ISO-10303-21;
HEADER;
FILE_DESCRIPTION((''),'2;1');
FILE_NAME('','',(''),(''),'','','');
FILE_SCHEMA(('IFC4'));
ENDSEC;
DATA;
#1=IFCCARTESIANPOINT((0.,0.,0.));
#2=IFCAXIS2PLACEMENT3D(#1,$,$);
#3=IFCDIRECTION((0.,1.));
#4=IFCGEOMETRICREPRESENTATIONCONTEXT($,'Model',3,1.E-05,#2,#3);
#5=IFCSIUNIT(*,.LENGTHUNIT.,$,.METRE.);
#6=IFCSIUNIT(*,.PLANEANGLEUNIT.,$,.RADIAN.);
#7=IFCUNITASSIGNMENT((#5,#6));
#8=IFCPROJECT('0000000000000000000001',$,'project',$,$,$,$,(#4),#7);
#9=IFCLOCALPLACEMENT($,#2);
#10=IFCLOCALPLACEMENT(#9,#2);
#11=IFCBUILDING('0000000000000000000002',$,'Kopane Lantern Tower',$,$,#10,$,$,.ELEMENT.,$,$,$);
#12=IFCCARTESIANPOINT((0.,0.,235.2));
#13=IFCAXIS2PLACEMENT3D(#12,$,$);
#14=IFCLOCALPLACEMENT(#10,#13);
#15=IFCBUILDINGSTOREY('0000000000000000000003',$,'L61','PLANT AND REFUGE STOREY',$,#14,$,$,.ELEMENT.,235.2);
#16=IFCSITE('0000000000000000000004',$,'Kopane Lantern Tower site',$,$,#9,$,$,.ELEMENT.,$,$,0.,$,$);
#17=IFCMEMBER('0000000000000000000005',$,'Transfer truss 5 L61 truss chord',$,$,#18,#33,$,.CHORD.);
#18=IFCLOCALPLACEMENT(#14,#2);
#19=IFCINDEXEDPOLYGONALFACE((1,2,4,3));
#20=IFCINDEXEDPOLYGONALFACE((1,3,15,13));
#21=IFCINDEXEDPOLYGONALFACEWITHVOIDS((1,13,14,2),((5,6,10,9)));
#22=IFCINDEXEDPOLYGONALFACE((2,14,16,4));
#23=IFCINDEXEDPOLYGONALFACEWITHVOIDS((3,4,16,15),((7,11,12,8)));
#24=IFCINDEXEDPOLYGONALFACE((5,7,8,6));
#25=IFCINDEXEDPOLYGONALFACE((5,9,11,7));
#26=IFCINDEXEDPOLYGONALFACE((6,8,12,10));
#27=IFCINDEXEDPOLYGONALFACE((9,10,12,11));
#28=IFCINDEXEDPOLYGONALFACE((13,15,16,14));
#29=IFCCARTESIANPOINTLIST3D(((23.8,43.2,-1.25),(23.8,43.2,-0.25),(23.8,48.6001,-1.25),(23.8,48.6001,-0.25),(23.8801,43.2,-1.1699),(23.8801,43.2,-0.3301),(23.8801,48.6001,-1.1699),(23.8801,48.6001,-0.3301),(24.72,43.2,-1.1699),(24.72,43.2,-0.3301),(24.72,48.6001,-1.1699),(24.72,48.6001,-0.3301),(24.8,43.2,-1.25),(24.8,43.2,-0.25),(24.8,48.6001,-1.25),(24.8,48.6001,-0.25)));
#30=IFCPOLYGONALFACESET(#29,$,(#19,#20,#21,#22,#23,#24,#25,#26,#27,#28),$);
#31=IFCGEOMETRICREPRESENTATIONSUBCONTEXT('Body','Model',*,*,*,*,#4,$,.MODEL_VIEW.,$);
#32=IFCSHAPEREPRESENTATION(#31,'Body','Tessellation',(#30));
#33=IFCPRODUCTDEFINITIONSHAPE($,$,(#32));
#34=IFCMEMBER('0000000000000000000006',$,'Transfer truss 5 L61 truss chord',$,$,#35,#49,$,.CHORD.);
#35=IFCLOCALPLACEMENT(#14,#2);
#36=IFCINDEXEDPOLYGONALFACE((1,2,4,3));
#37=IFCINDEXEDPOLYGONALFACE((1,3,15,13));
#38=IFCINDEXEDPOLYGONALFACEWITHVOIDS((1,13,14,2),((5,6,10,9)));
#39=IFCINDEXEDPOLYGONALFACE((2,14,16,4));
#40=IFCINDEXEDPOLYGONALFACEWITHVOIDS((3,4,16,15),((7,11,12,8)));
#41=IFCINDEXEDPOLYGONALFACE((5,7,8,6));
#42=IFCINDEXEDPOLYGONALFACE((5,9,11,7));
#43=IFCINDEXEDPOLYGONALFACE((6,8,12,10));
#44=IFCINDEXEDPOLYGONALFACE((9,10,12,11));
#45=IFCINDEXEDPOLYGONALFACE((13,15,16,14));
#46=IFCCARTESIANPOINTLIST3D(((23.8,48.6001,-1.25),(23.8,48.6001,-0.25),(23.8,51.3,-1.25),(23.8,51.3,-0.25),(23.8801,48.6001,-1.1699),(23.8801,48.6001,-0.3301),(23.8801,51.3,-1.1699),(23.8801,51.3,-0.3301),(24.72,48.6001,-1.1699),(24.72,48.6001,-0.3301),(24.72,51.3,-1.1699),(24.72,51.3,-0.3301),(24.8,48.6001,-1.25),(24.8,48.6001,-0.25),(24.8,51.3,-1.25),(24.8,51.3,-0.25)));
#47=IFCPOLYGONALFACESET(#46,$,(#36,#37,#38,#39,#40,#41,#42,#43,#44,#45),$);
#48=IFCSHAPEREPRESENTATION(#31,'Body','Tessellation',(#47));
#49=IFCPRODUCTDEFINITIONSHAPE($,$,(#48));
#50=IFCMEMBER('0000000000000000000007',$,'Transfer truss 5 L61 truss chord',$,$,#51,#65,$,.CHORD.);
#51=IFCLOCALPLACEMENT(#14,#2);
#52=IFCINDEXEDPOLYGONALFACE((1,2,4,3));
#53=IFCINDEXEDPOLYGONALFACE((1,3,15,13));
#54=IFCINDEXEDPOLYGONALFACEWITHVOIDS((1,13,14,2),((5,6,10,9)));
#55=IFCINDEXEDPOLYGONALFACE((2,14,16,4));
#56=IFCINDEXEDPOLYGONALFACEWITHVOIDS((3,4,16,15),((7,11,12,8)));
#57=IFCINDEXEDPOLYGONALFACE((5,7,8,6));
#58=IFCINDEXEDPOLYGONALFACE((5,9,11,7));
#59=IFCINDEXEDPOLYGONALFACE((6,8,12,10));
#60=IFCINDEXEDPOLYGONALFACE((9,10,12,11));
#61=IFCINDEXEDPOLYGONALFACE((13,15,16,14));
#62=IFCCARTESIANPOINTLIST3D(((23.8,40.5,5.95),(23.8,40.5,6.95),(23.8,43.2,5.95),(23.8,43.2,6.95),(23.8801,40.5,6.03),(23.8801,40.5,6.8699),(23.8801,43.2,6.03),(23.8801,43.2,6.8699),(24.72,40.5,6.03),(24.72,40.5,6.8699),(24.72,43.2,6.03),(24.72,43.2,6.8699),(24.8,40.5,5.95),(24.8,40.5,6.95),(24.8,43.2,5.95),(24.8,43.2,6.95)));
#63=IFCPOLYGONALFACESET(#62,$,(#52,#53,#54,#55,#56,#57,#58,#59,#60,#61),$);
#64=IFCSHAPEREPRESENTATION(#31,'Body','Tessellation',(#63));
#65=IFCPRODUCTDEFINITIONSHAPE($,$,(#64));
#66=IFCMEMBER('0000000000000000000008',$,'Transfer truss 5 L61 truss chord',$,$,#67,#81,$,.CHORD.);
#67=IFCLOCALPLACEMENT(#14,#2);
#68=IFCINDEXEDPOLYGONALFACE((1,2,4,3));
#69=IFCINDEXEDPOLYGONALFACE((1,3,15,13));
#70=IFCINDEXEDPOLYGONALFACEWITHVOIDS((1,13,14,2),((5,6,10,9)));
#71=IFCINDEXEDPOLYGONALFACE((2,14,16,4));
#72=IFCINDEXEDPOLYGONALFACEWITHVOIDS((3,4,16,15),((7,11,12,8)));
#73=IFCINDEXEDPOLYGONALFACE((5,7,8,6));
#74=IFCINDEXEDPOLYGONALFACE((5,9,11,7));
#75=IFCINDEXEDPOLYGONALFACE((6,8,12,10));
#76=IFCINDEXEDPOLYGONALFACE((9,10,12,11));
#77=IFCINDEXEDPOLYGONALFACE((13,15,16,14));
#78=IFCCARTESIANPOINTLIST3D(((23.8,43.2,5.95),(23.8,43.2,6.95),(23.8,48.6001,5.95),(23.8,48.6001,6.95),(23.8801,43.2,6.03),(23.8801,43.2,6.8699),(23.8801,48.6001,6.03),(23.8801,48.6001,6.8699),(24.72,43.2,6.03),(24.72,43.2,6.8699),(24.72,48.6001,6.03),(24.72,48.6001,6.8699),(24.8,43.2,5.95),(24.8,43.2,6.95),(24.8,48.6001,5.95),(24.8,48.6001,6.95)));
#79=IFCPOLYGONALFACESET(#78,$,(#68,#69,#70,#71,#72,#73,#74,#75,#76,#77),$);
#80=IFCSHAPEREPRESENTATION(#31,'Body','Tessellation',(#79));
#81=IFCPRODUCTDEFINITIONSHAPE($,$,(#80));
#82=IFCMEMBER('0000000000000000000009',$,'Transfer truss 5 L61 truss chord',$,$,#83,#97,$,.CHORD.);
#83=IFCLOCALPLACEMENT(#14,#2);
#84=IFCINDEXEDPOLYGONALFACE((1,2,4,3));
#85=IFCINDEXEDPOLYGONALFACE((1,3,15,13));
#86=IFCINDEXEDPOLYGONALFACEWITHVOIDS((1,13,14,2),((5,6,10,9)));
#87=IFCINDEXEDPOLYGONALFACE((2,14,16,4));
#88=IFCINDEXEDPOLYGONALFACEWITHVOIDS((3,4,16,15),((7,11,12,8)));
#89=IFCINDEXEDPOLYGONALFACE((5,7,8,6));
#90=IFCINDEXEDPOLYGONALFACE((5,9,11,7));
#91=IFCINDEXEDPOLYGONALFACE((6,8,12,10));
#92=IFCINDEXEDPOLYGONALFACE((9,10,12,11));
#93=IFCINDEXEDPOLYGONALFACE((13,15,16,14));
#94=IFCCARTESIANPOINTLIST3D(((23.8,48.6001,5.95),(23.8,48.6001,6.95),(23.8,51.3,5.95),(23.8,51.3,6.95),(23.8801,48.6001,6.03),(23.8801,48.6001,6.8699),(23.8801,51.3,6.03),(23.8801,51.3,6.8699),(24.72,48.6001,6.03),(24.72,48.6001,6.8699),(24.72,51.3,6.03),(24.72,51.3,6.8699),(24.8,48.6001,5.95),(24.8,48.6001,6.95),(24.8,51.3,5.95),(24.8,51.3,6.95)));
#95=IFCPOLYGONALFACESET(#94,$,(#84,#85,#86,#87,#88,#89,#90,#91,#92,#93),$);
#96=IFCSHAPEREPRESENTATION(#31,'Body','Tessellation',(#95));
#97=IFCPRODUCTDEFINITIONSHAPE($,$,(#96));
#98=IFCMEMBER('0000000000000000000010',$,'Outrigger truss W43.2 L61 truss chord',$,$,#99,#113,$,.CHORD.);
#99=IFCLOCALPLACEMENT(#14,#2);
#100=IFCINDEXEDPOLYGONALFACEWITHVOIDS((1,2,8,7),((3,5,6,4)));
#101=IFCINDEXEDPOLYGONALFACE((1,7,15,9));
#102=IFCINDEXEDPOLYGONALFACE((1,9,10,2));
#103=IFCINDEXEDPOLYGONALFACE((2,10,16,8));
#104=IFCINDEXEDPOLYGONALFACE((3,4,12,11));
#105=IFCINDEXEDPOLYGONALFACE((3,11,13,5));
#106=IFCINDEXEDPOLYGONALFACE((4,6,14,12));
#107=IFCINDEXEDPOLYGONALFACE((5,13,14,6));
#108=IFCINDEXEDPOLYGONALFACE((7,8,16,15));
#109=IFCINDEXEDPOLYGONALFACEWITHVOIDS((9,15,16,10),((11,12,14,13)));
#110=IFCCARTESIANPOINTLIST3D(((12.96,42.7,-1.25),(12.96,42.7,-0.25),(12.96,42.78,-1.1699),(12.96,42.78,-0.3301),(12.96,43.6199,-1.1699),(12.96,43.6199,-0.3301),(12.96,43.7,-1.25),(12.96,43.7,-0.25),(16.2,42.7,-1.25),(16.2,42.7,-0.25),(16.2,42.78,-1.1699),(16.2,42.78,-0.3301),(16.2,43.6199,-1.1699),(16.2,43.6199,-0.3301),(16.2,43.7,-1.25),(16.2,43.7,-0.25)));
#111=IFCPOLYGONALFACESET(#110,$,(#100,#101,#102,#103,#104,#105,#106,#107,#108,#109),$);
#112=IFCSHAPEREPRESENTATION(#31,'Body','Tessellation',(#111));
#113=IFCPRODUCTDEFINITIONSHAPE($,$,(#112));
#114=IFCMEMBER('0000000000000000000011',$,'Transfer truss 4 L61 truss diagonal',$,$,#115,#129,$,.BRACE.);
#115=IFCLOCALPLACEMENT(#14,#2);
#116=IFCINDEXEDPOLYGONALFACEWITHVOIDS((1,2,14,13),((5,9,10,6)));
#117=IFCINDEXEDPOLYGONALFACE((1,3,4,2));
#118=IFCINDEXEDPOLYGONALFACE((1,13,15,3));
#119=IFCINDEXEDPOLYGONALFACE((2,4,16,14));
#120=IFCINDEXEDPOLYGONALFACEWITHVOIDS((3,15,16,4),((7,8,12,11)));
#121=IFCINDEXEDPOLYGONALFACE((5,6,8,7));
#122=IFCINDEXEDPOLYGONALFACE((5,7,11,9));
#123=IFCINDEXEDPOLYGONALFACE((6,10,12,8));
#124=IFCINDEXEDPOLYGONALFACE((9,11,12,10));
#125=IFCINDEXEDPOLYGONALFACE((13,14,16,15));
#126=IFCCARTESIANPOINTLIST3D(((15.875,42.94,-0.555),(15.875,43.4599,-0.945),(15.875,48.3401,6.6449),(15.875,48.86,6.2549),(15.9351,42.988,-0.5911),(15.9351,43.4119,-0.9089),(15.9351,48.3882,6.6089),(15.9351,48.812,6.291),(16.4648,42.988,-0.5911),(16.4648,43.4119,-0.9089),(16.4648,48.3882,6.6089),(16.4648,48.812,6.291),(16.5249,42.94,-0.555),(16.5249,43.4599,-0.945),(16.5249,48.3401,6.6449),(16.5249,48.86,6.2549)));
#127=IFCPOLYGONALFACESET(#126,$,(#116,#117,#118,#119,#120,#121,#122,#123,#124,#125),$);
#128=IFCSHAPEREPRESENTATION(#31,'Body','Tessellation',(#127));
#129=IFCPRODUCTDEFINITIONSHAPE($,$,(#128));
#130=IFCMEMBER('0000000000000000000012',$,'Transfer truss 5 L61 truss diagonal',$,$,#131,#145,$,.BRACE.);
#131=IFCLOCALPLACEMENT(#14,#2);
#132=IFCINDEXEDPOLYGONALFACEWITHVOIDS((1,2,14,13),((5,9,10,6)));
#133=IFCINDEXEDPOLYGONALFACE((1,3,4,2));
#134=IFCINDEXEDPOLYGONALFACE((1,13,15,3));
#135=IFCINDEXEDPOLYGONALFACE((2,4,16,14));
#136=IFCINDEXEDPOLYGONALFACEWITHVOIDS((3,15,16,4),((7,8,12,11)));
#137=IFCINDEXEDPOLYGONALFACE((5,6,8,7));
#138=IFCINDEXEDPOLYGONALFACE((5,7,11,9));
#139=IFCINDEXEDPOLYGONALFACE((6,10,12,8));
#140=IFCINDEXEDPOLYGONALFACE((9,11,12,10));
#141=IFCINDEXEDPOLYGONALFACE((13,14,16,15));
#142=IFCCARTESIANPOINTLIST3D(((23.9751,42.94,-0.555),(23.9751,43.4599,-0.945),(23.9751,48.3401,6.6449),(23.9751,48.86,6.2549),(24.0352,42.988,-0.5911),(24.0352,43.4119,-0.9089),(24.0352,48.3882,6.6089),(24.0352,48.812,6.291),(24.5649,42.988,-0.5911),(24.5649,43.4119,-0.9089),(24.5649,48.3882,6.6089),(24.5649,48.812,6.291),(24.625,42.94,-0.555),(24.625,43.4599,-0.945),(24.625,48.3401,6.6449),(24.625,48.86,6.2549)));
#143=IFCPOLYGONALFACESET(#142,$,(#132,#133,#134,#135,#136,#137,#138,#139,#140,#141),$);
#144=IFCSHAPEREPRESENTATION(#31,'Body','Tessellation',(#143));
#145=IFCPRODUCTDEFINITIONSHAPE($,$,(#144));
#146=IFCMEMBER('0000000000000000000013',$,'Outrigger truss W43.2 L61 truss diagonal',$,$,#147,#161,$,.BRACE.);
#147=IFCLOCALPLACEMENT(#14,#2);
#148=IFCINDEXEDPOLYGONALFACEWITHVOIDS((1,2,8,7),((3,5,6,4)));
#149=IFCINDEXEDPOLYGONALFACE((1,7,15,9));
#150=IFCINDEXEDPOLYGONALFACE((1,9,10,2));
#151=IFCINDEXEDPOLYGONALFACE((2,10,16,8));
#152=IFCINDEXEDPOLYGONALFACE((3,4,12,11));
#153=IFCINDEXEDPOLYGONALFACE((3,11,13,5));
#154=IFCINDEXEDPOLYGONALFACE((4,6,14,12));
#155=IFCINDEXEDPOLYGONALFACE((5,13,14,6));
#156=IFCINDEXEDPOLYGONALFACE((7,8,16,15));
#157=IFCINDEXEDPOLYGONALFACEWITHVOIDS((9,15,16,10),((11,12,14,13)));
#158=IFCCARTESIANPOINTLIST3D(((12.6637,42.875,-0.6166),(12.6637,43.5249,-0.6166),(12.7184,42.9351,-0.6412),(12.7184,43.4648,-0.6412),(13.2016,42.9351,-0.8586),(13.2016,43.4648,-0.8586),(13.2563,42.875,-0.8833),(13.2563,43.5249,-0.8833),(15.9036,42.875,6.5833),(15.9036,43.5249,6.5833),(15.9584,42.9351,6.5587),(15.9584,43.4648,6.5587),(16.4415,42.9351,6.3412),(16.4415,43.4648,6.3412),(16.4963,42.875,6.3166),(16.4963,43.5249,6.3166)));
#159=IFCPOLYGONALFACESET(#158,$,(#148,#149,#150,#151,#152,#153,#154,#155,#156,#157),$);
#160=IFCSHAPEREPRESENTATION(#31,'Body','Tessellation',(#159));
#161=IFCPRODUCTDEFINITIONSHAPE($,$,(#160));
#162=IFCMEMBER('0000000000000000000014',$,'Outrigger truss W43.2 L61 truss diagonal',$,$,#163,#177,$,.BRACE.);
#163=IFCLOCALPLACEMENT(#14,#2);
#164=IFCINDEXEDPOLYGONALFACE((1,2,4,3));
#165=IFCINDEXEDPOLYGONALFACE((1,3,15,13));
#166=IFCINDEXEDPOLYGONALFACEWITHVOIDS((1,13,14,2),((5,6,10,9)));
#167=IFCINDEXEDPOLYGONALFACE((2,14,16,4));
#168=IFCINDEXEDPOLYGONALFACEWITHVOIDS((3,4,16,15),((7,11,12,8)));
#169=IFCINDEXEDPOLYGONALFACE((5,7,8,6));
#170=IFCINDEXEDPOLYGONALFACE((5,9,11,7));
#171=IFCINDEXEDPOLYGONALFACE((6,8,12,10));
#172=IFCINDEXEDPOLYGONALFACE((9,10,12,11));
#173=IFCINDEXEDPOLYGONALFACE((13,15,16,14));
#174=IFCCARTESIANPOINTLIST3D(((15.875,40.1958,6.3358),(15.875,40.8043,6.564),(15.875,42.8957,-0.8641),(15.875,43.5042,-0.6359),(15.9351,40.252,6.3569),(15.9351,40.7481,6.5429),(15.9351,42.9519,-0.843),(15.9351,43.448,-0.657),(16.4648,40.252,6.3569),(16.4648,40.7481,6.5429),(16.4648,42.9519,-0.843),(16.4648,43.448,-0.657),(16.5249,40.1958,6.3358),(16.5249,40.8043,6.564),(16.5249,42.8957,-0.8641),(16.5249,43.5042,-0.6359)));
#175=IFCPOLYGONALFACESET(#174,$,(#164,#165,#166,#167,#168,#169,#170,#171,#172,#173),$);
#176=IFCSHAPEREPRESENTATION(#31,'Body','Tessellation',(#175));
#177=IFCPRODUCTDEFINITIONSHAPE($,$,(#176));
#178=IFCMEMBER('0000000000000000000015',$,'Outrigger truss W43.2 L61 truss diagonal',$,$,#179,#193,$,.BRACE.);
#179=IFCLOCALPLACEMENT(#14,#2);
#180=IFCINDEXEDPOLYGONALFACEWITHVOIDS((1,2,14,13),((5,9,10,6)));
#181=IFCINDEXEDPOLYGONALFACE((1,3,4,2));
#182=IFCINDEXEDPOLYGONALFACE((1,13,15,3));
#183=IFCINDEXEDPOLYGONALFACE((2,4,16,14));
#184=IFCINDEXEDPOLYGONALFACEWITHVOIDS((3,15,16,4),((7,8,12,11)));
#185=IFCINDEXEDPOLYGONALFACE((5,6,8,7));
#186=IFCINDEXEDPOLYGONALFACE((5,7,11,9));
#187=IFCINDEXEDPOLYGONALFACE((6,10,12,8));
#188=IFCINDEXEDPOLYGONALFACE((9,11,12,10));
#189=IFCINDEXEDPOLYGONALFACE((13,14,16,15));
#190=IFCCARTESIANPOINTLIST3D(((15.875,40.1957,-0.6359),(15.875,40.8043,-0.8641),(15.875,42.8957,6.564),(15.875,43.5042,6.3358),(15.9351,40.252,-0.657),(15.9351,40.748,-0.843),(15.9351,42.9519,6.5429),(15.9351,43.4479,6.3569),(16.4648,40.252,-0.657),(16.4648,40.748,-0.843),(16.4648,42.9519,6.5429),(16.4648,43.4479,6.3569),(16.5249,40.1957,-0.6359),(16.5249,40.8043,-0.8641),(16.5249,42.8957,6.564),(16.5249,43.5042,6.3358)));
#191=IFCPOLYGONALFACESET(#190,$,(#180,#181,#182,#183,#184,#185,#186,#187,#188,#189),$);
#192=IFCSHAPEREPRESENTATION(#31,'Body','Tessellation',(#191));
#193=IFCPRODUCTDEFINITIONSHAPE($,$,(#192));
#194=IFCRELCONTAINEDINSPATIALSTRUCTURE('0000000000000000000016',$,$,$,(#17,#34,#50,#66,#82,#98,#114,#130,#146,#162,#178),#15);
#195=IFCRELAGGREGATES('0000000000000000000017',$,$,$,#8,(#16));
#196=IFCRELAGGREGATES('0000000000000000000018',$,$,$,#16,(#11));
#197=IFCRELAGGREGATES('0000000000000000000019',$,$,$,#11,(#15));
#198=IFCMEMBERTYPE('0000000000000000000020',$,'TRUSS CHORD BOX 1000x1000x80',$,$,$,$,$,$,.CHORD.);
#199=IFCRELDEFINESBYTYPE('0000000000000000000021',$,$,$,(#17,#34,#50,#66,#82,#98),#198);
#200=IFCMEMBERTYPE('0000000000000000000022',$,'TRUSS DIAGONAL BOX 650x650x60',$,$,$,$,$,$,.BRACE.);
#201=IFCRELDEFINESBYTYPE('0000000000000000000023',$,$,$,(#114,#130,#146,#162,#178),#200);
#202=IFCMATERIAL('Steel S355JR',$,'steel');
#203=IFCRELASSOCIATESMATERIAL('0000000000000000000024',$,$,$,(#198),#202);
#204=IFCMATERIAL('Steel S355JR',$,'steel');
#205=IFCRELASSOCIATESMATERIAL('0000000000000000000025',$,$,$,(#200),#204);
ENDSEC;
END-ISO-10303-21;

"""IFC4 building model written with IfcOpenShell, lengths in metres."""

from ifc_helpers import new_model, si_unit, direction, frame, origin, origin_2d, place, context, subcontext, project, spatial, hollow_rectangle, extrude, material, material_profile, profile_set, type_object, element, save


model = new_model("IFC4")

# Units and contexts
model_context = context("Model", 3, precision=1e-05, world=origin(), true_north=direction((0.0, 1.0)))
body_context = subcontext(model_context, "Body", "Model", "MODEL_VIEW")
ifc_project = project(units=[si_unit("LENGTHUNIT", "METRE"), si_unit("PLANEANGLEUNIT", "RADIAN")], contexts=[model_context])

# Site, building, storey
site_placement = place(None, origin())
site = spatial("IfcSite", under=ifc_project, at=site_placement, Name="Kopane Lantern Tower site", CompositionType="ELEMENT", RefElevation=0.0)
building_placement = place(site_placement, origin())
building = spatial("IfcBuilding", under=site, at=building_placement, Name="Kopane Lantern Tower", CompositionType="ELEMENT")
storey_placement = place(building_placement, frame((0.0, 0.0, 235.2)))
storey = spatial("IfcBuildingStorey", under=building, at=storey_placement, Name="L61", Description="PLANT AND REFUGE STOREY", CompositionType="ELEMENT", Elevation=235.2)

# Members
ifc_material_1 = material(Name="Steel S355JR", Category="steel")
ifc_material_profile_1 = material_profile(ifc_material_1, hollow_rectangle(XDim=1.0, YDim=1.0, WallThickness=0.0801, at=origin_2d()), Name="BOX 1000x1000x80")
ifc_profile_set_1 = profile_set([ifc_material_profile_1], Name="Steel S355JR")
member_type_1 = type_object("IfcMemberType", Name="TRUSS CHORD BOX 1000x1000x80", PredefinedType="CHORD", material=ifc_profile_set_1)
member_1_placement = place(storey_placement, frame((24.3, 43.2, -0.75), z_axis=(0.0, 1.0, 0.0), x_axis=(-1.0, 0.0, 0.0)))
element("IfcMember", 1, at=member_1_placement, inside=storey, type_object=member_type_1, Name="Transfer truss 5 L61 truss chord", PredefinedType="CHORD", context=body_context, shape_type="SweptSolid", body=[
    extrude(hollow_rectangle(XDim=1.0, YDim=1.0, WallThickness=0.0801, at=origin_2d()), origin(), (0.0, 0.0, 1.0), 5.4001),
])
for number, where, z_axis, x_axis, name in (
    (2, (24.3, 48.6001, -0.75), (0.0, 1.0, 0.0), (-1.0, 0.0, 0.0), "Transfer truss 5 L61 truss chord"),
    (3, (24.3, 40.5, 6.45), (0.0, 1.0, 0.0), (-1.0, 0.0, 0.0), "Transfer truss 5 L61 truss chord"),
):
    element("IfcMember", number, at=place(storey_placement, frame(where, z_axis=z_axis, x_axis=x_axis)), inside=storey, type_object=member_type_1, Name=name, PredefinedType="CHORD", context=body_context, shape_type="SweptSolid", body=[
        extrude(hollow_rectangle(XDim=1.0, YDim=1.0, WallThickness=0.0801, at=origin_2d()), origin(), (0.0, 0.0, 1.0), 2.7),
    ])
member_2_placement = place(storey_placement, frame((24.3, 43.2, 6.45), z_axis=(0.0, 1.0, 0.0), x_axis=(-1.0, 0.0, 0.0)))
element("IfcMember", 4, at=member_2_placement, inside=storey, type_object=member_type_1, Name="Transfer truss 5 L61 truss chord", PredefinedType="CHORD", context=body_context, shape_type="SweptSolid", body=[
    extrude(hollow_rectangle(XDim=1.0, YDim=1.0, WallThickness=0.0801, at=origin_2d()), origin(), (0.0, 0.0, 1.0), 5.4001),
])
member_3_placement = place(storey_placement, frame((24.3, 48.6001, 6.45), z_axis=(0.0, 1.0, 0.0), x_axis=(-1.0, 0.0, 0.0)))
element("IfcMember", 5, at=member_3_placement, inside=storey, type_object=member_type_1, Name="Transfer truss 5 L61 truss chord", PredefinedType="CHORD", context=body_context, shape_type="SweptSolid", body=[
    extrude(hollow_rectangle(XDim=1.0, YDim=1.0, WallThickness=0.0801, at=origin_2d()), origin(), (0.0, 0.0, 1.0), 2.7),
])
member_4_placement = place(storey_placement, frame((12.96, 43.2, -0.75), z_axis=(1.0, 0.0, 0.0), x_axis=(0.0, 1.0, 0.0)))
element("IfcMember", 6, at=member_4_placement, inside=storey, type_object=member_type_1, Name="Outrigger truss W43.2 L61 truss chord", PredefinedType="CHORD", context=body_context, shape_type="SweptSolid", body=[
    extrude(hollow_rectangle(XDim=1.0, YDim=1.0, WallThickness=0.0801, at=origin_2d()), origin(), (0.0, 0.0, 1.0), 3.24),
])
ifc_material_2 = material(Name="Steel S355JR", Category="steel")
ifc_material_profile_2 = material_profile(ifc_material_2, hollow_rectangle(XDim=0.6499, YDim=0.6499, WallThickness=0.0601, at=origin_2d()), Name="BOX 650x650x60")
ifc_profile_set_2 = profile_set([ifc_material_profile_2], Name="Steel S355JR")
member_type_2 = type_object("IfcMemberType", Name="TRUSS DIAGONAL BOX 650x650x60", PredefinedType="BRACE", material=ifc_profile_set_2)
for number, where, z_axis, x_axis, name in (
    (7, (16.2, 43.2, -0.75), (0.0, 0.600013, 0.79999), (-1.0, 0.0, 0.0), "Transfer truss 4 L61 truss diagonal"),
    (8, (24.3, 43.2, -0.75), (0.0, 0.600013, 0.79999), (-1.0, 0.0, 0.0), "Transfer truss 5 L61 truss diagonal"),
):
    element("IfcMember", number, at=place(storey_placement, frame(where, z_axis=z_axis, x_axis=x_axis)), inside=storey, type_object=member_type_2, Name=name, PredefinedType="BRACE", context=body_context, shape_type="SweptSolid", body=[
        extrude(hollow_rectangle(XDim=0.6499, YDim=0.6499, WallThickness=0.0601, at=origin_2d()), origin(), (0.0, 0.0, 1.0), 9.0),
    ])
member_5_placement = place(storey_placement, frame((16.2, 43.2, 6.45), z_axis=(-0.410366, 0.0, -0.911921), x_axis=(0.0, -1.0, 0.0)))
element("IfcMember", 9, at=member_5_placement, inside=storey, type_object=member_type_2, Name="Outrigger truss W43.2 L61 truss diagonal", PredefinedType="BRACE", context=body_context, shape_type="SweptSolid", body=[
    extrude(hollow_rectangle(XDim=0.6499, YDim=0.6499, WallThickness=0.0601, at=origin_2d()), origin(), (0.0, 0.0, 1.0), 7.8953),
])
for number, where, z_axis, x_axis, name in (
    (10, (16.2, 43.2, -0.75), (0.0, -0.35112, 0.93633), (1.0, 0.0, 0.0), "Outrigger truss W43.2 L61 truss diagonal"),
    (11, (16.2, 40.5, -0.75), (0.0, 0.35112, 0.93633), (-1.0, 0.0, 0.0), "Outrigger truss W43.2 L61 truss diagonal"),
):
    element("IfcMember", number, at=place(storey_placement, frame(where, z_axis=z_axis, x_axis=x_axis)), inside=storey, type_object=member_type_2, Name=name, PredefinedType="BRACE", context=body_context, shape_type="SweptSolid", body=[
        extrude(hollow_rectangle(XDim=0.6499, YDim=0.6499, WallThickness=0.0601, at=origin_2d()), origin(), (0.0, 0.0, 1.0), 7.6895),
    ])

save(model, "model.ifc")
